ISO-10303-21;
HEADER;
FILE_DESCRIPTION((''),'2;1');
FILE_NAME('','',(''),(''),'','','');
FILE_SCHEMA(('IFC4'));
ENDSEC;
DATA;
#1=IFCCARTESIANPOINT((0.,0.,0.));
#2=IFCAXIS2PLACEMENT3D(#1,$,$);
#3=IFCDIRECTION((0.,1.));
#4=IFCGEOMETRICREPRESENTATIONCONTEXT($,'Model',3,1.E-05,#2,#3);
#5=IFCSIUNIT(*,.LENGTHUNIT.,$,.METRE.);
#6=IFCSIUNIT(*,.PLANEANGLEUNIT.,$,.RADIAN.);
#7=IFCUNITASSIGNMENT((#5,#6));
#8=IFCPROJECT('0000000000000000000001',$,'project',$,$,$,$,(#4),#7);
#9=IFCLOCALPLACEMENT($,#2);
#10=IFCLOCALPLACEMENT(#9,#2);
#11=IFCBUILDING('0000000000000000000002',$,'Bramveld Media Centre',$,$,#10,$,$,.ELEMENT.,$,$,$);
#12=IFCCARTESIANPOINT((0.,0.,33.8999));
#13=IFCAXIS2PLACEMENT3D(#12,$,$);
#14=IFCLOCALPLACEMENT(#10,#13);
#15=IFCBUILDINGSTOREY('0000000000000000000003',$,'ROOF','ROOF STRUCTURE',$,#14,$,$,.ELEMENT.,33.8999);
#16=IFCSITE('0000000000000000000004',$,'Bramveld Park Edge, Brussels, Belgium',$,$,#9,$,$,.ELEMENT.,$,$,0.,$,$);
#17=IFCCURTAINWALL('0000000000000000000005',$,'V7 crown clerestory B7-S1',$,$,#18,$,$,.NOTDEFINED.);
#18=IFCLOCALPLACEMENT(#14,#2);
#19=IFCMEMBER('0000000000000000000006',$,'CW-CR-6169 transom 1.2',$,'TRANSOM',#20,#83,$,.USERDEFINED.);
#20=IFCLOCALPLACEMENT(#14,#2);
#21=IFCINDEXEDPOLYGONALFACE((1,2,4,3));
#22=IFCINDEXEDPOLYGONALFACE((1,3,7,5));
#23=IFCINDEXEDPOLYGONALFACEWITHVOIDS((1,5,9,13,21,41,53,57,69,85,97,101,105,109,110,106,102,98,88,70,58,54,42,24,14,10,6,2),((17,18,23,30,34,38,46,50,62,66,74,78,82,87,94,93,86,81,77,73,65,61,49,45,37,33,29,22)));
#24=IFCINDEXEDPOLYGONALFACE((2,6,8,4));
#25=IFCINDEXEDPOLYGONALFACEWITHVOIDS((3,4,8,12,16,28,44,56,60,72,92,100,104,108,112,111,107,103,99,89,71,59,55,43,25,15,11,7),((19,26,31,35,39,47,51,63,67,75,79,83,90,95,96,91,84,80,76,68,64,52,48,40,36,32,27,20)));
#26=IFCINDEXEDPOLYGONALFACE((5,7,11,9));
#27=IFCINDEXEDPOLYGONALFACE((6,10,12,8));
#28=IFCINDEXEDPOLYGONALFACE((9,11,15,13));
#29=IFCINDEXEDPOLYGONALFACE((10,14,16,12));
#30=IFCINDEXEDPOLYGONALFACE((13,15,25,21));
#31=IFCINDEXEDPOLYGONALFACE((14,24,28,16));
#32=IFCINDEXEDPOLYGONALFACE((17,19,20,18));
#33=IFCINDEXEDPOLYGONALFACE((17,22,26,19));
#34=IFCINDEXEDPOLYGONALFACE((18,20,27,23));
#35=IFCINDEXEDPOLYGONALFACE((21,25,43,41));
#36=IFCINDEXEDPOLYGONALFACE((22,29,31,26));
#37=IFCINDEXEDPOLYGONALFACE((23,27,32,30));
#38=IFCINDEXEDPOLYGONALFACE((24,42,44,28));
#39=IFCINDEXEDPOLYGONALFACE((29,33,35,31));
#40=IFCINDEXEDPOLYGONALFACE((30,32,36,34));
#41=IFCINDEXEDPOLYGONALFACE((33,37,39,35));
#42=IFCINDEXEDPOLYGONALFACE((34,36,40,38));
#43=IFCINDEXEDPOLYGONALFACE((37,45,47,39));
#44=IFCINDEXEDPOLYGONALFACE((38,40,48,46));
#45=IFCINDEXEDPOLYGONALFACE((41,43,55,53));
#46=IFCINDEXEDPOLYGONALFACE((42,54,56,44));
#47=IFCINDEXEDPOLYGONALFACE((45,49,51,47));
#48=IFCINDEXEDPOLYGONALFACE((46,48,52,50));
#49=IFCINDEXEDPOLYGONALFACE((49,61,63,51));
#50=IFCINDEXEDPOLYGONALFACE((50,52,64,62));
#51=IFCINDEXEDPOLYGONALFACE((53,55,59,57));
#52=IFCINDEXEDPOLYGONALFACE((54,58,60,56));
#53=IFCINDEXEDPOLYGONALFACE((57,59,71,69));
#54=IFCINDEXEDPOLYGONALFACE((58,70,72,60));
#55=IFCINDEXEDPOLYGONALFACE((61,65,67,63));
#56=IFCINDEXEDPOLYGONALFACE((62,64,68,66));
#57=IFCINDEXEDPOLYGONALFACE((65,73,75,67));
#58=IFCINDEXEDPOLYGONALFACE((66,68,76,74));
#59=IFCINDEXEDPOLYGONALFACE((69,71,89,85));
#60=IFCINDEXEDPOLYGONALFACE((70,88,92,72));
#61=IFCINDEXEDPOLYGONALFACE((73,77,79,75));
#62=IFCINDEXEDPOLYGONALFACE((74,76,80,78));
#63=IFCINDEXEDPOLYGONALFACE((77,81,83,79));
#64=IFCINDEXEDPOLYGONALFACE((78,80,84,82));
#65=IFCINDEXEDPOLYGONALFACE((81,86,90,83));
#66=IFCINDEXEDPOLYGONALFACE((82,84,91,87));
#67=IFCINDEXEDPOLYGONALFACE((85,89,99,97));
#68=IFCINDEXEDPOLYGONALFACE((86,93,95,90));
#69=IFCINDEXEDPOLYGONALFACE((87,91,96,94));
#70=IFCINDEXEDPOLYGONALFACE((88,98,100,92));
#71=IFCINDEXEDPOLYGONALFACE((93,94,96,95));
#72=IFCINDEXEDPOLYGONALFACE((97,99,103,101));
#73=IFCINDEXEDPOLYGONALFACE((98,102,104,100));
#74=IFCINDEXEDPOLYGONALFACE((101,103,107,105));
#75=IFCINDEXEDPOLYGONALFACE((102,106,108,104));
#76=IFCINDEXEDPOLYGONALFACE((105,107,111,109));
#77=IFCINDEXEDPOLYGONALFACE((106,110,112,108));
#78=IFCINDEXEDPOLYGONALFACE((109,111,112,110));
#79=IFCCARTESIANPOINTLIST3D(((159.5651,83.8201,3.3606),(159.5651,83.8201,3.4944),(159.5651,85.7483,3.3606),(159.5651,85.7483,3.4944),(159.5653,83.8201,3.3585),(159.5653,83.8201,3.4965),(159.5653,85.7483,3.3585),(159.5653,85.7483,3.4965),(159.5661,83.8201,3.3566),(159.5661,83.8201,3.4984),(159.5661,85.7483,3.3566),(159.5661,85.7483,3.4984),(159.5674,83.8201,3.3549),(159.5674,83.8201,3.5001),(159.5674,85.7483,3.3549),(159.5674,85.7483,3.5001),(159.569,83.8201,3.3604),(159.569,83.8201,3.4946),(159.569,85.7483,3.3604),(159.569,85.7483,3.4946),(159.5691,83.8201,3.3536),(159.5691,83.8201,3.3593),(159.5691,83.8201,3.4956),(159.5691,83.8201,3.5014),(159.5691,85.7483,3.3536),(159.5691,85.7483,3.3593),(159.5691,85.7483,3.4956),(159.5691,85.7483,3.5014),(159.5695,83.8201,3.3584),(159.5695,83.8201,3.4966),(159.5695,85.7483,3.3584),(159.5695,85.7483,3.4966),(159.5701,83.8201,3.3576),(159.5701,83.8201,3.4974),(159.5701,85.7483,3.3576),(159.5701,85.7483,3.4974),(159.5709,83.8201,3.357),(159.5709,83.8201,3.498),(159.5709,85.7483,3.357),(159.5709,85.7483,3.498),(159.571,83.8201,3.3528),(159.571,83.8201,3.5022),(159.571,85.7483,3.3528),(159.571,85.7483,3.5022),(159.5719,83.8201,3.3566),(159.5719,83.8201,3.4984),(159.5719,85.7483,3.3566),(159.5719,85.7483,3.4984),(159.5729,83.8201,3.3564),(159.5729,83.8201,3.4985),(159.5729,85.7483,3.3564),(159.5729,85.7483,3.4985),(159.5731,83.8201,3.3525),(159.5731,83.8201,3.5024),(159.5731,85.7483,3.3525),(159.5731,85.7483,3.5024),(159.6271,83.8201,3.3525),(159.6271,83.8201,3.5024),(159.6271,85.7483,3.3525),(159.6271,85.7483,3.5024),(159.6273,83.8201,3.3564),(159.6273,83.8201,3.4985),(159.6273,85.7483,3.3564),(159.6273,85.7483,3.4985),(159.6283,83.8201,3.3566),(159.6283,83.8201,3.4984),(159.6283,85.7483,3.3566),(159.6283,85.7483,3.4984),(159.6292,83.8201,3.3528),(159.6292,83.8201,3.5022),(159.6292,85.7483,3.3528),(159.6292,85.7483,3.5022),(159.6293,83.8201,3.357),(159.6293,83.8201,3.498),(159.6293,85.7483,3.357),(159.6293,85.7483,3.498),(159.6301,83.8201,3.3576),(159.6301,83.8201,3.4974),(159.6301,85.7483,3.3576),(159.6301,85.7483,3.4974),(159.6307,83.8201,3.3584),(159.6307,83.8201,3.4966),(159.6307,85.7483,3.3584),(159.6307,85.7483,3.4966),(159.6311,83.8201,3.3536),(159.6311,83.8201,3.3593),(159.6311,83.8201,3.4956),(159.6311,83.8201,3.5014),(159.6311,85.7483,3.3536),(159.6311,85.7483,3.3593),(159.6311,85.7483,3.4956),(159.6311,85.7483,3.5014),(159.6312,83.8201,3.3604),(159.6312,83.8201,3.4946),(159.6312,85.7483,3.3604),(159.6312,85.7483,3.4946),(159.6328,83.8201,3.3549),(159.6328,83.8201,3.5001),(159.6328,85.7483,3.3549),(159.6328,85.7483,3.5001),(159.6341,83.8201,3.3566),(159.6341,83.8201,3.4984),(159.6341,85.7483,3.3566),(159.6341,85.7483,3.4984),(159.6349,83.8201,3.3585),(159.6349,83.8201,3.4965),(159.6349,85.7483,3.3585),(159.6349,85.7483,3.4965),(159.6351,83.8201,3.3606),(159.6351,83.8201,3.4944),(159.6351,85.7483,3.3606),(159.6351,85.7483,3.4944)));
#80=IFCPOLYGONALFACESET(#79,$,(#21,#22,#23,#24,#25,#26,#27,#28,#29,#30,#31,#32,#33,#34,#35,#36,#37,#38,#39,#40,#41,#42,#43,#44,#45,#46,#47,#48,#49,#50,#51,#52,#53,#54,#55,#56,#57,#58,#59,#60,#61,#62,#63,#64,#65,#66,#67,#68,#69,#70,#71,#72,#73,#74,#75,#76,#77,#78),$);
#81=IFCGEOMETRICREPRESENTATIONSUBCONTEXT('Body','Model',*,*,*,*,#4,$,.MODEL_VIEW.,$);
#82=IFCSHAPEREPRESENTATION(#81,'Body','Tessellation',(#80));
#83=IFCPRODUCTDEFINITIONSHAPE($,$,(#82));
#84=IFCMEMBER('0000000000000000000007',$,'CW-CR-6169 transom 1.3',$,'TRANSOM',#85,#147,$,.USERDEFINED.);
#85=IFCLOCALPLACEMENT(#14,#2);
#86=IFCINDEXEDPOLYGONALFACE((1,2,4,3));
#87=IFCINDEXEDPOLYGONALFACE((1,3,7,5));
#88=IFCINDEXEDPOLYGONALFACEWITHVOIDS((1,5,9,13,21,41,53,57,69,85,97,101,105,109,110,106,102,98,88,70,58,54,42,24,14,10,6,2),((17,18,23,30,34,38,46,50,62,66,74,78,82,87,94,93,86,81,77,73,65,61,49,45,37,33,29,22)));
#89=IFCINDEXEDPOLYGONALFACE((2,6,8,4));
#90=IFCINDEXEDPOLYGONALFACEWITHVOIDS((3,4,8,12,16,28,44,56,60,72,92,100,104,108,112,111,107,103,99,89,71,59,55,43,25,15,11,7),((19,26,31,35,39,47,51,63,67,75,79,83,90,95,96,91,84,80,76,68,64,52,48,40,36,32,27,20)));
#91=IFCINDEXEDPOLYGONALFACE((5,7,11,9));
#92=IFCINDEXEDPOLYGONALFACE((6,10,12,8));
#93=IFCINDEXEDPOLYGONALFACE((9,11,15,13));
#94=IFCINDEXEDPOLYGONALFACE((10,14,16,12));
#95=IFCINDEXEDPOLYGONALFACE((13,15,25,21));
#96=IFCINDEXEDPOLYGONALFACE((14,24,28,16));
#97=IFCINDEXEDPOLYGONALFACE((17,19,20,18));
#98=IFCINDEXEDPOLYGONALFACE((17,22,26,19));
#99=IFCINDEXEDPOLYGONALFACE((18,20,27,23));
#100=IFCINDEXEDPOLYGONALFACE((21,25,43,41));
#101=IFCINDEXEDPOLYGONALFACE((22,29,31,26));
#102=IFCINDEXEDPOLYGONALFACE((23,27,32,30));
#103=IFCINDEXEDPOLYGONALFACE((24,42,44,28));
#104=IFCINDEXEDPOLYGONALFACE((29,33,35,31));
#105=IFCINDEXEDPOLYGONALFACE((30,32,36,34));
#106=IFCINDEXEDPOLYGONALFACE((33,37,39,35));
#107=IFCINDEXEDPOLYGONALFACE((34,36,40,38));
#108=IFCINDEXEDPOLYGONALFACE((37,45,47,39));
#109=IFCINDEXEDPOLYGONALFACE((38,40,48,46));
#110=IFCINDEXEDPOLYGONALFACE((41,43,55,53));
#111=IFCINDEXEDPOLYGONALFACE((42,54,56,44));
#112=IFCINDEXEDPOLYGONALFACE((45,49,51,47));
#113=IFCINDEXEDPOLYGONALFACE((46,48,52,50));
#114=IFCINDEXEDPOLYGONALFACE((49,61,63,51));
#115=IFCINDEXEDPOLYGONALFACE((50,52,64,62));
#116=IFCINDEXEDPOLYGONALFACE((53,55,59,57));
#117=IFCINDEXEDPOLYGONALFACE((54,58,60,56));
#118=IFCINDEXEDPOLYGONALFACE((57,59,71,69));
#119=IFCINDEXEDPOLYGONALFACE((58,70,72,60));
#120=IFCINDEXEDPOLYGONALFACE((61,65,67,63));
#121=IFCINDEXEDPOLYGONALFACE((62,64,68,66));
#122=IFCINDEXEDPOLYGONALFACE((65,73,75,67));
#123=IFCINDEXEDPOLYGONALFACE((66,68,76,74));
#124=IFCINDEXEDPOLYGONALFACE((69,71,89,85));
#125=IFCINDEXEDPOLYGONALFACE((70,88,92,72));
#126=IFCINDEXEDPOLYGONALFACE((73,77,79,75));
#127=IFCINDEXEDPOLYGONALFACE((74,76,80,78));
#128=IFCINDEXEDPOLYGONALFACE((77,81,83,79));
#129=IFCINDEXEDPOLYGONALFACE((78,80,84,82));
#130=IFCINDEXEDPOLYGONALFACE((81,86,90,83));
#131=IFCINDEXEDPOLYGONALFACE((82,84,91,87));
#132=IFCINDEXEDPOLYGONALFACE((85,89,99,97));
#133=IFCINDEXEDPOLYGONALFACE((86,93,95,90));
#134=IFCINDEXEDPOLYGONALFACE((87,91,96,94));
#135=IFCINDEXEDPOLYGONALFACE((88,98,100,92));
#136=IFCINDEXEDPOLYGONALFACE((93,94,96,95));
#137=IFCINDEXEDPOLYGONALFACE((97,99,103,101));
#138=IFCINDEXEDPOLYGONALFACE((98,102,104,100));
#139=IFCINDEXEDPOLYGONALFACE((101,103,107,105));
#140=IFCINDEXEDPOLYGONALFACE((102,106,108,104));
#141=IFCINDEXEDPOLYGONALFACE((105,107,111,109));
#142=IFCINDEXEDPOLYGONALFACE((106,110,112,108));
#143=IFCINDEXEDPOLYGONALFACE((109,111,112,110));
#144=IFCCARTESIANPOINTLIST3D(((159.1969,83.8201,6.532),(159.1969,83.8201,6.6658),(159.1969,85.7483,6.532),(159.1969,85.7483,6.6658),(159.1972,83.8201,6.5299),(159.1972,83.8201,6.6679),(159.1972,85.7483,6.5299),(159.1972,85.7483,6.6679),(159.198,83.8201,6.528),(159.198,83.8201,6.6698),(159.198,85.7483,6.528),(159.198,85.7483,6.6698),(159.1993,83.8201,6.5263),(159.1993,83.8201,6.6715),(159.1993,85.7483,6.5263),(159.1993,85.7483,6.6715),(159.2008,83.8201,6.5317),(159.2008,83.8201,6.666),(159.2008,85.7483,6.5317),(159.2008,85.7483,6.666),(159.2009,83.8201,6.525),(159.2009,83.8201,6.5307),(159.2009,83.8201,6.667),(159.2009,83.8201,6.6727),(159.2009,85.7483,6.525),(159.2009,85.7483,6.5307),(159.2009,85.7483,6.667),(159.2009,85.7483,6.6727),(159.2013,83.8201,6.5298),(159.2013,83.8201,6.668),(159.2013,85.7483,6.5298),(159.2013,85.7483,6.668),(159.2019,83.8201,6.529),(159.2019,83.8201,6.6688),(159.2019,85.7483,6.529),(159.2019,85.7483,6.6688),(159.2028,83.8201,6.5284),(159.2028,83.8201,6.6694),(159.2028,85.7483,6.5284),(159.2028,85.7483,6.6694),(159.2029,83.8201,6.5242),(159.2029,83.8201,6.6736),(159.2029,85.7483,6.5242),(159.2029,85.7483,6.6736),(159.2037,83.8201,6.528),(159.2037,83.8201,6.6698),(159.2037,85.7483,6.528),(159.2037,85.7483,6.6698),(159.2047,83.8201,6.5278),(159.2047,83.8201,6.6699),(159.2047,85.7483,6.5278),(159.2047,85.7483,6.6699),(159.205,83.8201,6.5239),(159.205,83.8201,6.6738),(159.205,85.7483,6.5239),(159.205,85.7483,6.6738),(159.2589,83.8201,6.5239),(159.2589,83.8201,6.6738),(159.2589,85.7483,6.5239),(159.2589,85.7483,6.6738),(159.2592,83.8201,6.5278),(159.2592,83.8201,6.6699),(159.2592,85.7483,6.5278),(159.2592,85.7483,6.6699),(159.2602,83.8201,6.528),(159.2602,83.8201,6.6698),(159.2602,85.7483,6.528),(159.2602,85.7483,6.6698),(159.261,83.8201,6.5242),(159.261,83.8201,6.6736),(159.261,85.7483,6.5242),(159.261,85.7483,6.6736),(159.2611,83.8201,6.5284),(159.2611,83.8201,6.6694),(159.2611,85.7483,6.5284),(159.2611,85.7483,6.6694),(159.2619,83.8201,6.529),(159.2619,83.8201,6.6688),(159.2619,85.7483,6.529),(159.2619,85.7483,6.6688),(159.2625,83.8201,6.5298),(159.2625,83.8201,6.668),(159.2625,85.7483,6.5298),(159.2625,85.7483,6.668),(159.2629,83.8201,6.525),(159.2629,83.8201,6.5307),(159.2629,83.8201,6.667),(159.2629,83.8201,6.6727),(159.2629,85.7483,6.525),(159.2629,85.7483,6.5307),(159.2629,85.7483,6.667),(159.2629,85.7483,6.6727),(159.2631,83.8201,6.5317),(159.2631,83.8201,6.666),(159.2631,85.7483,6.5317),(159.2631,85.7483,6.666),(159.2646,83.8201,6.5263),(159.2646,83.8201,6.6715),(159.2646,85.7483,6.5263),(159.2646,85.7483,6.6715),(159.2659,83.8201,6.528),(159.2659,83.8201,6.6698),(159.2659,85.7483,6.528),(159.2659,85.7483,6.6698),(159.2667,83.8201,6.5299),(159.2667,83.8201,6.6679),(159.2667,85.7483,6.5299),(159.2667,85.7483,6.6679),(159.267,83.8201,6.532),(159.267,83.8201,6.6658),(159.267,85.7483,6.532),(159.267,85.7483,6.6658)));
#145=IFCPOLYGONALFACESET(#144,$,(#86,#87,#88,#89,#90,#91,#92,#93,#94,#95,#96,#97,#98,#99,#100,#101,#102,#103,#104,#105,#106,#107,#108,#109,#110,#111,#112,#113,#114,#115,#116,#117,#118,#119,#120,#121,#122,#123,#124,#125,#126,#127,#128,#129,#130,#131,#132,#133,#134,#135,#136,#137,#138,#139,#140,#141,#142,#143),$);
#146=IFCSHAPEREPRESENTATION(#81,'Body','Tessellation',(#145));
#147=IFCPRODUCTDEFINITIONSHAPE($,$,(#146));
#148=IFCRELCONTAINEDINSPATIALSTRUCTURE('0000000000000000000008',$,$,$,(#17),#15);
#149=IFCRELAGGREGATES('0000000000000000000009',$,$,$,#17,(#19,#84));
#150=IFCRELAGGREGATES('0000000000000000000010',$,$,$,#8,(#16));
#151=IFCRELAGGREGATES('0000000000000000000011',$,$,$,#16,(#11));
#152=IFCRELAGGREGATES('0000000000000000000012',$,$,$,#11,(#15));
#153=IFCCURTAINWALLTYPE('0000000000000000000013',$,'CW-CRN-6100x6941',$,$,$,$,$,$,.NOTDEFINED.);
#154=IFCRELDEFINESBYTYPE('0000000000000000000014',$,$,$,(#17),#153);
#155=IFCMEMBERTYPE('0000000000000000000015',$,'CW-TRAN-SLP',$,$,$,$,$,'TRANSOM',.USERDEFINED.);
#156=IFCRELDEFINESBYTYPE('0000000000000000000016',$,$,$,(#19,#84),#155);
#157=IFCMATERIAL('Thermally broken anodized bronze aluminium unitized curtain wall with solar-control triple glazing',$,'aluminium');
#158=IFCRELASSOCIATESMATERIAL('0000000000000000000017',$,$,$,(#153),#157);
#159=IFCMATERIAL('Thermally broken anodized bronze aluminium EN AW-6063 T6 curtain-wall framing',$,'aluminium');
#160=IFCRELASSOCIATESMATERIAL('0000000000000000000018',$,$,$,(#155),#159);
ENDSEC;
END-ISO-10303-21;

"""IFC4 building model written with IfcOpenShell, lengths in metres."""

from ifc_helpers import new_model, si_unit, direction, frame, origin, origin_2d, place, context, subcontext, project, spatial, hollow_rectangle, extrude, material, material_profile, profile_set, type_object, element, aggregate, save


model = new_model("IFC4")

# Units and contexts
model_context = context("Model", 3, precision=1e-05, world=origin(), true_north=direction((0.0, 1.0)))
body_context = subcontext(model_context, "Body", "Model", "MODEL_VIEW")
ifc_project = project(units=[si_unit("LENGTHUNIT", "METRE"), si_unit("PLANEANGLEUNIT", "RADIAN")], contexts=[model_context])

# Site, building, storey
site_placement = place(None, origin())
site = spatial("IfcSite", under=ifc_project, at=site_placement, Name="Bramveld Park Edge, Brussels, Belgium", CompositionType="ELEMENT", RefElevation=0.0)
building_placement = place(site_placement, origin())
building = spatial("IfcBuilding", under=site, at=building_placement, Name="Bramveld Media Centre", CompositionType="ELEMENT")
storey_placement = place(building_placement, frame((0.0, 0.0, 33.8999)))
storey = spatial("IfcBuildingStorey", under=building, at=storey_placement, Name="ROOF", Description="ROOF STRUCTURE", CompositionType="ELEMENT", Elevation=33.8999)

# Curtain wall, members
ifc_material_1 = material(Name="Thermally broken anodized bronze aluminium unitized curtain wall with solar-control triple glazing", Category="aluminium")
curtain_wall_type = type_object("IfcCurtainWallType", Name="CW-CRN-6100x6941", PredefinedType="NOTDEFINED", material=ifc_material_1)
ifc_material_2 = material(Name="Thermally broken anodized bronze aluminium EN AW-6063 T6 curtain-wall framing", Category="aluminium")
ifc_material_profile_1 = material_profile(ifc_material_2, hollow_rectangle(XDim=0.0701, YDim=0.1499, WallThickness=0.0039, InnerFilletRadius=0.0039, OuterFilletRadius=0.0081, at=origin_2d()), Name="AL-TRAN 70x150")
ifc_profile_set_1 = profile_set([ifc_material_profile_1], Name="Thermally broken anodized bronze aluminium EN AW-6063 T6 curtain-wall framing")
member_type_1 = type_object("IfcMemberType", Name="CW-TRAN-SLP", ElementType="TRANSOM", PredefinedType="USERDEFINED", material=ifc_profile_set_1)
curtain_wall_1_placement = place(storey_placement, origin())
curtain_wall_1 = element("IfcCurtainWall", 1, at=curtain_wall_1_placement, inside=storey, type_object=curtain_wall_type, Name="V7 crown clerestory B7-S1", PredefinedType="NOTDEFINED")
member_1_placement = place(storey_placement, frame((159.6001, 83.8201, 3.4275), z_axis=(0.0, 1.0, 0.0), x_axis=(-1.0, 0.0, 0.0)))
member_1 = element("IfcMember", 2, at=member_1_placement, type_object=member_type_1, Name="CW-CR-6169 transom 1.2", ObjectType="TRANSOM", PredefinedType="USERDEFINED", context=body_context, shape_type="SweptSolid", body=[
    extrude(hollow_rectangle(XDim=0.0701, YDim=0.1499, WallThickness=0.0039, InnerFilletRadius=0.0039, OuterFilletRadius=0.0081, at=origin_2d()), origin(), (0.0, 0.0, 1.0), 1.9282),
])
member_2_placement = place(storey_placement, frame((159.2319, 83.8201, 6.5989), z_axis=(0.0, 1.0, 0.0), x_axis=(-1.0, 0.0, 0.0)))
member_2 = element("IfcMember", 3, at=member_2_placement, type_object=member_type_1, Name="CW-CR-6169 transom 1.3", ObjectType="TRANSOM", PredefinedType="USERDEFINED", context=body_context, shape_type="SweptSolid", body=[
    extrude(hollow_rectangle(XDim=0.0701, YDim=0.1499, WallThickness=0.0039, InnerFilletRadius=0.0039, OuterFilletRadius=0.0081, at=origin_2d()), origin(), (0.0, 0.0, 1.0), 1.9282),
])

aggregate(curtain_wall_1, [member_1, member_2])

save(model, "model.ifc")
